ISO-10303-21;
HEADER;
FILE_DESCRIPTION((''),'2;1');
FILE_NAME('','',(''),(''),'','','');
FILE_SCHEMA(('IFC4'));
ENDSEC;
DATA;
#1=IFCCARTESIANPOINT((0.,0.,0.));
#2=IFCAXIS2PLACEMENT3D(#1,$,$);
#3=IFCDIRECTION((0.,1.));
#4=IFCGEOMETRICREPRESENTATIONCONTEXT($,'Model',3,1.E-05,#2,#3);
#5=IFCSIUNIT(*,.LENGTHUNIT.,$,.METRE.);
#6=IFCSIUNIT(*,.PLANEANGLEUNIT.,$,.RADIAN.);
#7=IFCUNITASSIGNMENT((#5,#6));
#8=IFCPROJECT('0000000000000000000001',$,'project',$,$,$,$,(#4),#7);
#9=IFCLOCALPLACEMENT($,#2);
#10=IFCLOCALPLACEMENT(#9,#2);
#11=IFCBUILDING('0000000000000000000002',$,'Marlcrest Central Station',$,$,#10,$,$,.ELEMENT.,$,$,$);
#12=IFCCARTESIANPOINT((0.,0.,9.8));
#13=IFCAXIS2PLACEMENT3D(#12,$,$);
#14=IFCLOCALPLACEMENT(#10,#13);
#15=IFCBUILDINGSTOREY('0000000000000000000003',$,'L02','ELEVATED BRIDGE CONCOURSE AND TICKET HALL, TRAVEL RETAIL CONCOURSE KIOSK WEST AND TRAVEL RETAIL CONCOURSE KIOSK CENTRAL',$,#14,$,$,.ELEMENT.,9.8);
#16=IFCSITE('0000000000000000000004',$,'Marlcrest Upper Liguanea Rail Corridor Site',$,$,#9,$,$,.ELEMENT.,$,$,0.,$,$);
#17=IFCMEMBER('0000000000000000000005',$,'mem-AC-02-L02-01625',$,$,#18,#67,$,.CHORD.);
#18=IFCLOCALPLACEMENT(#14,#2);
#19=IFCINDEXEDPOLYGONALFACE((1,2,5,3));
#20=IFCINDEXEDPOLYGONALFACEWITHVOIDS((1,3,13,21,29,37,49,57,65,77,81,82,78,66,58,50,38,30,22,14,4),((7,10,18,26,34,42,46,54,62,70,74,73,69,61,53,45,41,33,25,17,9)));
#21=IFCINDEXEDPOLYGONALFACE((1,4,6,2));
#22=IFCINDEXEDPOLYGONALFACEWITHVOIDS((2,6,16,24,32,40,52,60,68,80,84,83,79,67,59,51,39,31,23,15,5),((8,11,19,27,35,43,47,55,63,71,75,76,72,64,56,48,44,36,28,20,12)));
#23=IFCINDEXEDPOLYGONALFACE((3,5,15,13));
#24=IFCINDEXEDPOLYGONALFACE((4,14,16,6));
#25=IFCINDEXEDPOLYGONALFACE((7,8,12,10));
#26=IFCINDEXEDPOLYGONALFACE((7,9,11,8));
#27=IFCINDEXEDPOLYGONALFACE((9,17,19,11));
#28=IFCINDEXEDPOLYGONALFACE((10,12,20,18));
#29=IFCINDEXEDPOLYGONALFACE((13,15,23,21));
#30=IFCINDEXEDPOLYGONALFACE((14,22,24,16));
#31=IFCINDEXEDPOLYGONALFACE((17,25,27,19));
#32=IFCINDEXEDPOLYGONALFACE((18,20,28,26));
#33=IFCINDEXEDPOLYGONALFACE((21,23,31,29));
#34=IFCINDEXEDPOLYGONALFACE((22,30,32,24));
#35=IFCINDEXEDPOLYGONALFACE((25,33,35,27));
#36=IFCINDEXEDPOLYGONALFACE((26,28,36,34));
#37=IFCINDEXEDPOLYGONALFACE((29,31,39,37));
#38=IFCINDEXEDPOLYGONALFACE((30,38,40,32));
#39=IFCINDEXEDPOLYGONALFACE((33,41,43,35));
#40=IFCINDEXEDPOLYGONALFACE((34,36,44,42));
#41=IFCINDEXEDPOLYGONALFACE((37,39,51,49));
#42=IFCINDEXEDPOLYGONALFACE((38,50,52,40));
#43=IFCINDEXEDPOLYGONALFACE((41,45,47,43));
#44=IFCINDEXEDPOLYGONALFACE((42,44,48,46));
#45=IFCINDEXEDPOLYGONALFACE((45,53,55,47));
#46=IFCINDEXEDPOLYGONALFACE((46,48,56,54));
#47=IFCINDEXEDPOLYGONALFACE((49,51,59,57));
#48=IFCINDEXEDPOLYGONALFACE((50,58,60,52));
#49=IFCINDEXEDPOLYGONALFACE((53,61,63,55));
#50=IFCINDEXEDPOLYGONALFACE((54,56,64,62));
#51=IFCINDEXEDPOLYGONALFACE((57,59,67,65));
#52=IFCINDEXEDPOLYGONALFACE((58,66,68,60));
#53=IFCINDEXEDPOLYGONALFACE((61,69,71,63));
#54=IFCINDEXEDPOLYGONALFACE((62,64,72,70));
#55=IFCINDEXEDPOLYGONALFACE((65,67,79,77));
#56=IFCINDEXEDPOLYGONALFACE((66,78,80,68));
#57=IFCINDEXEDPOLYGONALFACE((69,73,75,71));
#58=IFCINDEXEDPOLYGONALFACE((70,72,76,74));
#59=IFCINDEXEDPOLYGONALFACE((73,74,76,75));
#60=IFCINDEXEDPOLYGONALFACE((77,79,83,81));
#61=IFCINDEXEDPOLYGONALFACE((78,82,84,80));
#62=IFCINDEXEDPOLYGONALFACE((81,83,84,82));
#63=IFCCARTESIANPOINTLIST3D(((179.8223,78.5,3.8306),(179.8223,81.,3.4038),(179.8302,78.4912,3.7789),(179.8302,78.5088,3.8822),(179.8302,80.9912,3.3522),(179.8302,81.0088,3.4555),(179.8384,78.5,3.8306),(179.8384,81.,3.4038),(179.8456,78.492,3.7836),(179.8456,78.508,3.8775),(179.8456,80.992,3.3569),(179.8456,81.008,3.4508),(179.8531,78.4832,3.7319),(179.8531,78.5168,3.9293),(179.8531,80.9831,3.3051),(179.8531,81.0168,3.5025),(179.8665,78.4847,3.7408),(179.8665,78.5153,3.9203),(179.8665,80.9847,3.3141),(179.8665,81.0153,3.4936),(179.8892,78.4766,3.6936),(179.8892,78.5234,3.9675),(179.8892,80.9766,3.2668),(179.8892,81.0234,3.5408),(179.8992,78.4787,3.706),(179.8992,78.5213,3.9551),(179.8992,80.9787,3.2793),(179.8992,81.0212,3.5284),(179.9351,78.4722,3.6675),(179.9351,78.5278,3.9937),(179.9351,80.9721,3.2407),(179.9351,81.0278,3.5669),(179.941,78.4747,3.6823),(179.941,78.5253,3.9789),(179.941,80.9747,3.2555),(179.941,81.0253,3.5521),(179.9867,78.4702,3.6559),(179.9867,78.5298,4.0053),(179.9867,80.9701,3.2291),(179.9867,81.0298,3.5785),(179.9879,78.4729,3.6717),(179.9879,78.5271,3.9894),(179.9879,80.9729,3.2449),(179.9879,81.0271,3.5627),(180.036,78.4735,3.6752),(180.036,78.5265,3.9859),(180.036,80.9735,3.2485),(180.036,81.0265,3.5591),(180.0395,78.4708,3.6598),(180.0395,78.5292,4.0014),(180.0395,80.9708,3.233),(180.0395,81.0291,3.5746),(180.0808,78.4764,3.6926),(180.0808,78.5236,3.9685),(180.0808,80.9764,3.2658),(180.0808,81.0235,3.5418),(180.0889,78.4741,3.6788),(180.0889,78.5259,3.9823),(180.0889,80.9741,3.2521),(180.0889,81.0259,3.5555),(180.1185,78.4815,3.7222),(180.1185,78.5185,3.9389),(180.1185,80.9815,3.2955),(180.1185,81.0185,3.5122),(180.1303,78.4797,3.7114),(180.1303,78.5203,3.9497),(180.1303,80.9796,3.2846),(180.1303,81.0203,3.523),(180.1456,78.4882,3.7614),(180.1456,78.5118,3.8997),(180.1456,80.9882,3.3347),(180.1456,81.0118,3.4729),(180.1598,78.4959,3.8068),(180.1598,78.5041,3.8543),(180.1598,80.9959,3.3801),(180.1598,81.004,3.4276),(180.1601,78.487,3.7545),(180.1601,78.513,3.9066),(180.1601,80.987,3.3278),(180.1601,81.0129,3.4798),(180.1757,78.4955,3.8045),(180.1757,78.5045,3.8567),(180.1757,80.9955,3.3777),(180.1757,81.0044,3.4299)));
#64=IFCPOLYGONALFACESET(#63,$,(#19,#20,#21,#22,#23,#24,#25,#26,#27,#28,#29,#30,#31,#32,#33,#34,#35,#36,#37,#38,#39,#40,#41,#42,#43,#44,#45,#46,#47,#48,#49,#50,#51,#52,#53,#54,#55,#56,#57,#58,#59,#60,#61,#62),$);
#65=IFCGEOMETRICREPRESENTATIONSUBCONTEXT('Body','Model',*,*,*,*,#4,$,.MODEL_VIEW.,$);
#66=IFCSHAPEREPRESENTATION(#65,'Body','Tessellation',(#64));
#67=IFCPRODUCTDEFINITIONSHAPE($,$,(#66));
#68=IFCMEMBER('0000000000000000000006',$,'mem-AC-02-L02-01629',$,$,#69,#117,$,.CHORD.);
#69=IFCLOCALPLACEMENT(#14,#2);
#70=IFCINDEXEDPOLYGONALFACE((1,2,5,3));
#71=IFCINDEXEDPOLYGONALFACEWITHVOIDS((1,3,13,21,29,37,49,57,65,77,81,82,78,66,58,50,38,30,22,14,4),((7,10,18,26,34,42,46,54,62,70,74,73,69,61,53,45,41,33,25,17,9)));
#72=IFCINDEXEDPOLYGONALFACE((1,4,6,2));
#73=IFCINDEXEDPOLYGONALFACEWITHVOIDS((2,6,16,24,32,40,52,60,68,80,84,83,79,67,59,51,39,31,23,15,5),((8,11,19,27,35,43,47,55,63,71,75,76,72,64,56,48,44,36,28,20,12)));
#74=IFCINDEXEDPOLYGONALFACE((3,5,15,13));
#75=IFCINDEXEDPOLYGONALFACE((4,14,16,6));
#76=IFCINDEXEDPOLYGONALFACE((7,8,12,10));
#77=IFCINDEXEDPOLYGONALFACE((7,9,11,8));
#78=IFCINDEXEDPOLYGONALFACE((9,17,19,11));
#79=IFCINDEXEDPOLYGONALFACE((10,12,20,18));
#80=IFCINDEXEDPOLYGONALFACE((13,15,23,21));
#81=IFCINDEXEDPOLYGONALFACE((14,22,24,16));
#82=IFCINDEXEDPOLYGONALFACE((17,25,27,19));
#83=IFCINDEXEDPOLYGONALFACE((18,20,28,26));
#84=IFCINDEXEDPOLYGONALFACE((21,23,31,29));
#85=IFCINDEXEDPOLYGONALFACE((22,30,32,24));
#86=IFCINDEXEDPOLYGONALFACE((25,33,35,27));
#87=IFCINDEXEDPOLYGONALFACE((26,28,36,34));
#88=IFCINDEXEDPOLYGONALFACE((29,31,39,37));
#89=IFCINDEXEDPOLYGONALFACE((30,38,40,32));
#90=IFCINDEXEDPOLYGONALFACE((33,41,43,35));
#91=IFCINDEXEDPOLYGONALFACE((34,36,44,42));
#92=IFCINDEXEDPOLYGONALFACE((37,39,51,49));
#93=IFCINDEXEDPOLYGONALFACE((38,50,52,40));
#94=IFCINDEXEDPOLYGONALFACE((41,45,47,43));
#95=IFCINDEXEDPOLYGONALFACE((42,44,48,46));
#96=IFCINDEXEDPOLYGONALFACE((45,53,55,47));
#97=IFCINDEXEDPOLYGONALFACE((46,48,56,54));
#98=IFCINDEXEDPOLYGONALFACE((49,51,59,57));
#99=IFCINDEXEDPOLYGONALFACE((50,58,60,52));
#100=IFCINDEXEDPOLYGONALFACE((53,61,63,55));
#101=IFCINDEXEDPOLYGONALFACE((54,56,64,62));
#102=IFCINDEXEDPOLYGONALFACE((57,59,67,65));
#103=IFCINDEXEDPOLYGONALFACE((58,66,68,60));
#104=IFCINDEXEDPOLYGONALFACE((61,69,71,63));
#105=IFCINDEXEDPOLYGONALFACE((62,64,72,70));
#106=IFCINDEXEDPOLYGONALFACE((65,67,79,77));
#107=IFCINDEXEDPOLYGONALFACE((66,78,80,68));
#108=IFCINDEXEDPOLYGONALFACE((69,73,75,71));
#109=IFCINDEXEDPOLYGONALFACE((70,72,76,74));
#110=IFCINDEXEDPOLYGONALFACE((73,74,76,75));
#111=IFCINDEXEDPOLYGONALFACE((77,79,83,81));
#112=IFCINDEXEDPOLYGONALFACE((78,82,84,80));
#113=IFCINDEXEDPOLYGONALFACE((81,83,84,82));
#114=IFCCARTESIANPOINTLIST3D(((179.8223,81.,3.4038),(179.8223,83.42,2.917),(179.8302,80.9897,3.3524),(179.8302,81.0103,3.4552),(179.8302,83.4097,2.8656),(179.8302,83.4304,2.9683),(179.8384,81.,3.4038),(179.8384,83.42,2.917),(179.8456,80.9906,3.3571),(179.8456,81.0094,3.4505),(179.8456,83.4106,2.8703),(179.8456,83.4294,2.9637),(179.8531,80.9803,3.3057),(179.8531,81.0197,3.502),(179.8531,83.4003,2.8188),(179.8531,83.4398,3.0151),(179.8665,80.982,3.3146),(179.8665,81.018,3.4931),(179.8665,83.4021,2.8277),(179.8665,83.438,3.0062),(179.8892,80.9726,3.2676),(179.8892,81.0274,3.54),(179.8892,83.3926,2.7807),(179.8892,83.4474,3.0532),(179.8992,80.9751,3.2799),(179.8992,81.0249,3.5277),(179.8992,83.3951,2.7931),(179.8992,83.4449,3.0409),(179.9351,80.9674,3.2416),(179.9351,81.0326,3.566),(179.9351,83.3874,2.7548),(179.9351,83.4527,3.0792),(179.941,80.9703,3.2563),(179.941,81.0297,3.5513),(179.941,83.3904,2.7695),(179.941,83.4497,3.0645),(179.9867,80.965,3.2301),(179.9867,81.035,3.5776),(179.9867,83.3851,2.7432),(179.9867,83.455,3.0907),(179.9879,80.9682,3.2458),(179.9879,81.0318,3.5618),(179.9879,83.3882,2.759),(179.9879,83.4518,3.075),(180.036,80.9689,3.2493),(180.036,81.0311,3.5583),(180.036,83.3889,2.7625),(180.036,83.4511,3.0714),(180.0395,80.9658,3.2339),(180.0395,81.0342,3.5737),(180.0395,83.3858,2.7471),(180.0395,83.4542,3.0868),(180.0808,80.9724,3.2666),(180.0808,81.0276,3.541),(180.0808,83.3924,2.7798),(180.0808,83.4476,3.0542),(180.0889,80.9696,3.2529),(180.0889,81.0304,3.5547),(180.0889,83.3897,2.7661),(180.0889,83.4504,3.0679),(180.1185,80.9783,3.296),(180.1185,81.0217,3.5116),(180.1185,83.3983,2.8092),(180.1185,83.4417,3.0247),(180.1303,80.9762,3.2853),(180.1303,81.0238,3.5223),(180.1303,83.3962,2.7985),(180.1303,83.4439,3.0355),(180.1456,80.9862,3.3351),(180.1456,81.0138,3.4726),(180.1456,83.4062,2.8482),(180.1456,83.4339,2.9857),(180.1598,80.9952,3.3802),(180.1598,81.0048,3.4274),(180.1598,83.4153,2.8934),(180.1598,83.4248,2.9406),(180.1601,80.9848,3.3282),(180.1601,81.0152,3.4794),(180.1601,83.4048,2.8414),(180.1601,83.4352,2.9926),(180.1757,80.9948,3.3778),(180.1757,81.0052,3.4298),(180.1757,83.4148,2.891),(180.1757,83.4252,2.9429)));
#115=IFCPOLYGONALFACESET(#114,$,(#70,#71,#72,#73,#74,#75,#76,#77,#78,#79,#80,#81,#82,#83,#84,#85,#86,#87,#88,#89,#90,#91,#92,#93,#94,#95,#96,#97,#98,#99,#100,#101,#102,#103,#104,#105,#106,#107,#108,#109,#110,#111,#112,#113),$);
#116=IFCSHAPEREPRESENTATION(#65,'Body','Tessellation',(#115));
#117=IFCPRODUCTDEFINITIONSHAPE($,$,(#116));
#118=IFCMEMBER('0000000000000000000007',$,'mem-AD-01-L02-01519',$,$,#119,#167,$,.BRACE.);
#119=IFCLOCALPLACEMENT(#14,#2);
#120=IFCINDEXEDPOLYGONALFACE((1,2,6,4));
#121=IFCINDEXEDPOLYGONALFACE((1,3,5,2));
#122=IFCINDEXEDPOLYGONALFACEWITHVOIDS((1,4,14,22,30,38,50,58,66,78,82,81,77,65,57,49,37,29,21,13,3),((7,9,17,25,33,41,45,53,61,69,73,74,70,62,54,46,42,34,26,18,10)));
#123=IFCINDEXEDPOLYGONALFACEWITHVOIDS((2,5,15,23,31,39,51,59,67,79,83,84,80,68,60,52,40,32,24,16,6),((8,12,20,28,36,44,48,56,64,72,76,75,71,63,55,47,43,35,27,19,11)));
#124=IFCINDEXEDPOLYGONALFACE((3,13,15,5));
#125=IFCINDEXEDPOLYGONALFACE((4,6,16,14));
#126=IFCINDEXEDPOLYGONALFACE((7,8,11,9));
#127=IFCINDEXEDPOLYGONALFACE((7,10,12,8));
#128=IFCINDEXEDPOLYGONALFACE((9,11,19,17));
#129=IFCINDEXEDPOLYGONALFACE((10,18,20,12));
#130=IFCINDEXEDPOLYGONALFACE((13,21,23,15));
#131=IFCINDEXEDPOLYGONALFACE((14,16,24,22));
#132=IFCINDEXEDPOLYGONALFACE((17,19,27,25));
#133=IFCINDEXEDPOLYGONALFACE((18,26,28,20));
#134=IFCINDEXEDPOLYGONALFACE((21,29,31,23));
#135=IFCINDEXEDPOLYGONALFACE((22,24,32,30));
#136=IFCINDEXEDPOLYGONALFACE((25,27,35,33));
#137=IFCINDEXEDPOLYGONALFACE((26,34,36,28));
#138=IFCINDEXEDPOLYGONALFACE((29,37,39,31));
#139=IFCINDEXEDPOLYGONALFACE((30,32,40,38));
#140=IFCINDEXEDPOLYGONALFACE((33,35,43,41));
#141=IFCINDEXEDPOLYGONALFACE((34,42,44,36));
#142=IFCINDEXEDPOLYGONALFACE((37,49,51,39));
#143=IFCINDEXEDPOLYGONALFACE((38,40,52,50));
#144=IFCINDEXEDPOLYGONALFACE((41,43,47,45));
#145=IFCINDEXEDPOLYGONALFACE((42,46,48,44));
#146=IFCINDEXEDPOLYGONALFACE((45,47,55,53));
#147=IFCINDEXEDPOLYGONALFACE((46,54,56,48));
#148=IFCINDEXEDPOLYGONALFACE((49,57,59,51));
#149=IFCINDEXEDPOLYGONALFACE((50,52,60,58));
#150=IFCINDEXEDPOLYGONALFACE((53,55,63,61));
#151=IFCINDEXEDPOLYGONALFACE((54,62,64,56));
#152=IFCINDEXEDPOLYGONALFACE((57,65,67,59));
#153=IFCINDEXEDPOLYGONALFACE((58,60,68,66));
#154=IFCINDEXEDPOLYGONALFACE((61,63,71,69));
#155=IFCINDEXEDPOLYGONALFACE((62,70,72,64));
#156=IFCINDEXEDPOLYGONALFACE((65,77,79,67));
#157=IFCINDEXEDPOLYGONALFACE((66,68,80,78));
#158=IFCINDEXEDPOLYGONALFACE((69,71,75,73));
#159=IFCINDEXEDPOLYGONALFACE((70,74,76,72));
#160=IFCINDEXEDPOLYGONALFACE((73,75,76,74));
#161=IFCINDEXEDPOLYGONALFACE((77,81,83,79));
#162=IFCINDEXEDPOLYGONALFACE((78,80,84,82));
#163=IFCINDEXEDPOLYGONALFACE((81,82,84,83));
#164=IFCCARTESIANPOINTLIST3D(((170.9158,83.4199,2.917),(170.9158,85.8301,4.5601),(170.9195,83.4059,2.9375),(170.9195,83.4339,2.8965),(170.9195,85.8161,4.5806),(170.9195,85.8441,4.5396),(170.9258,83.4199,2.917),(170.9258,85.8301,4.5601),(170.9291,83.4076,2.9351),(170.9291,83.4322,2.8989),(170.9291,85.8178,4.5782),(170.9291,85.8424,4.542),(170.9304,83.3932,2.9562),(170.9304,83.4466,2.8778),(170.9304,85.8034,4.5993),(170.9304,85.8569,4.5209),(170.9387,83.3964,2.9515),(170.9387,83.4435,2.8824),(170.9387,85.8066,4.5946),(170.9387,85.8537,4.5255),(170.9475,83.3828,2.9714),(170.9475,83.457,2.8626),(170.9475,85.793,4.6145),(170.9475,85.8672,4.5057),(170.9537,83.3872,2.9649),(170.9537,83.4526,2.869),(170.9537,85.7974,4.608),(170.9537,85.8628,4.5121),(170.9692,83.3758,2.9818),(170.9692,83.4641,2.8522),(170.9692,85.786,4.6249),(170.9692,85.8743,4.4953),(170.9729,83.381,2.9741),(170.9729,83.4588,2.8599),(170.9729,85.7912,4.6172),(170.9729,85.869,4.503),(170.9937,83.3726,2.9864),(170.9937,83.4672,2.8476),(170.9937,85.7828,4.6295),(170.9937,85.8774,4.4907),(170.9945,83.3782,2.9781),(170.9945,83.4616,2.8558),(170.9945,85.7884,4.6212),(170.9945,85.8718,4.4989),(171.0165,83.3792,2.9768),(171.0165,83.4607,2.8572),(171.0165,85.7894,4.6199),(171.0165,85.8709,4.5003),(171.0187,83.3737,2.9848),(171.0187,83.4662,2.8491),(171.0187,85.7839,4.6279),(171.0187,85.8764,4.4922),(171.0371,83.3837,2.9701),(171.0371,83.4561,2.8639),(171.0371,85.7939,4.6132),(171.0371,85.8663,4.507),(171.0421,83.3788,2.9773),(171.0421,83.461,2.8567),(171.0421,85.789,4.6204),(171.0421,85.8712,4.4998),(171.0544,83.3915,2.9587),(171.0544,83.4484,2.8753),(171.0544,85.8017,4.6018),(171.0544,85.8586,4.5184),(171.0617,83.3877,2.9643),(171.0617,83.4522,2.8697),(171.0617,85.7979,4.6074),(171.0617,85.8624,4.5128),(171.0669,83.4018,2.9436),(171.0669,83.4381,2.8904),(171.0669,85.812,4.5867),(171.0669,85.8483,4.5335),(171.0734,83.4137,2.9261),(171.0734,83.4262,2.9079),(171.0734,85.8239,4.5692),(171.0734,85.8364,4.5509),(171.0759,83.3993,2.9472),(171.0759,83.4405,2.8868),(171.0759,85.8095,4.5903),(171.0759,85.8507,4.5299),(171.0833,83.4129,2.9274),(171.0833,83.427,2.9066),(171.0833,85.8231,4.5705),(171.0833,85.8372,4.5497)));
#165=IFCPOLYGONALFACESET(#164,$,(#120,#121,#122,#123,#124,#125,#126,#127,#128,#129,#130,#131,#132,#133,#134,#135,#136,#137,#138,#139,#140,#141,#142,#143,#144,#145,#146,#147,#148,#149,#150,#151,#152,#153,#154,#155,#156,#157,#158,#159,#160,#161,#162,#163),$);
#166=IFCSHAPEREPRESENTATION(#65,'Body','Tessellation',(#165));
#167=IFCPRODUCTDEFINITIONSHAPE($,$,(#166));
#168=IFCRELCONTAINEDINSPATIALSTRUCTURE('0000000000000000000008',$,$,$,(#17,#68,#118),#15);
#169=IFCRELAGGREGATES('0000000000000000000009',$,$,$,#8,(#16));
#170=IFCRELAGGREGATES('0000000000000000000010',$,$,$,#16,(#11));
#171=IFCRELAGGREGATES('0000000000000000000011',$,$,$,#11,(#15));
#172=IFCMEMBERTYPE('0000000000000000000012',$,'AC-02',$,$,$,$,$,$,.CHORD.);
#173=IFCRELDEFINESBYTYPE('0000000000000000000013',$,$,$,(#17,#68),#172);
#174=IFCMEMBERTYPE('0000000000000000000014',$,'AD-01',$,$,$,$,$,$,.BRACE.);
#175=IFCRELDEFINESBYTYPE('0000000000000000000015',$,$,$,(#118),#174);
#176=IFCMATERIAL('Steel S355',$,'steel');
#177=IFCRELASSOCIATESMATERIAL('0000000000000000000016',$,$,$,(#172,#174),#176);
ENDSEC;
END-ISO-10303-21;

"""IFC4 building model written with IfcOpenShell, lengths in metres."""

from ifc_helpers import new_model, si_unit, direction, frame, origin, origin_2d, place, context, subcontext, project, spatial, hollow_circle, extrude, material, material_profile, profile_set, type_object, element, save


model = new_model("IFC4")

# Units and contexts
model_context = context("Model", 3, precision=1e-05, world=origin(), true_north=direction((0.0, 1.0)))
body_context = subcontext(model_context, "Body", "Model", "MODEL_VIEW")
ifc_project = project(units=[si_unit("LENGTHUNIT", "METRE"), si_unit("PLANEANGLEUNIT", "RADIAN")], contexts=[model_context])

# Site, building, storey
site_placement = place(None, origin())
site = spatial("IfcSite", under=ifc_project, at=site_placement, Name="Marlcrest Upper Liguanea Rail Corridor Site", CompositionType="ELEMENT", RefElevation=0.0)
building_placement = place(site_placement, origin())
building = spatial("IfcBuilding", under=site, at=building_placement, Name="Marlcrest Central Station", CompositionType="ELEMENT")
storey_placement = place(building_placement, frame((0.0, 0.0, 9.8)))
storey = spatial("IfcBuildingStorey", under=building, at=storey_placement, Name="L02", Description="ELEVATED BRIDGE CONCOURSE AND TICKET HALL, TRAVEL RETAIL CONCOURSE KIOSK WEST AND TRAVEL RETAIL CONCOURSE KIOSK CENTRAL", CompositionType="ELEMENT", Elevation=9.8)

# Members
ifc_material_1 = material(Name="Steel S355", Category="steel")
ifc_material_profile_1 = material_profile(ifc_material_1, hollow_circle(Radius=0.1777, WallThickness=0.0161, at=origin_2d()), Name="CHS 355.6x16")
ifc_profile_set_1 = profile_set([ifc_material_profile_1], Name="Steel S355")
member_type_1 = type_object("IfcMemberType", Name="AC-02", PredefinedType="CHORD", material=ifc_profile_set_1)
member_1_placement = place(storey_placement, frame((180.0, 78.5, 3.8306), z_axis=(0.0, 0.985741, -0.168269), x_axis=(-1.0, 0.0, 0.0)))
element("IfcMember", 1, at=member_1_placement, inside=storey, type_object=member_type_1, Name="mem-AC-02-L02-01625", PredefinedType="CHORD", context=body_context, shape_type="SweptSolid", body=[
    extrude(hollow_circle(Radius=0.1777, WallThickness=0.0161, at=origin_2d()), origin(), (0.0, 0.0, 1.0), 2.5361),
])
member_2_placement = place(storey_placement, frame((180.0, 81.0, 3.4038), z_axis=(0.0, 0.980359, -0.197219), x_axis=(-1.0, 0.0, 0.0)))
element("IfcMember", 2, at=member_2_placement, inside=storey, type_object=member_type_1, Name="mem-AC-02-L02-01629", PredefinedType="CHORD", context=body_context, shape_type="SweptSolid", body=[
    extrude(hollow_circle(Radius=0.1777, WallThickness=0.0161, at=origin_2d()), origin(), (0.0, 0.0, 1.0), 2.4685),
])
ifc_material_profile_2 = material_profile(ifc_material_1, hollow_circle(Radius=0.0842, WallThickness=0.01, at=origin_2d()), Name="CHS 168.3x10")
ifc_profile_set_2 = profile_set([ifc_material_profile_2], Name="Steel S355")
member_type_2 = type_object("IfcMemberType", Name="AD-01", PredefinedType="BRACE", material=ifc_profile_set_2)
member_3_placement = place(storey_placement, frame((171.0, 83.4199, 2.917), z_axis=(0.0, 0.826263, 0.563285), x_axis=(-1.0, 0.0, 0.0)))
element("IfcMember", 3, at=member_3_placement, inside=storey, type_object=member_type_2, Name="mem-AD-01-L02-01519", PredefinedType="BRACE", context=body_context, shape_type="SweptSolid", body=[
    extrude(hollow_circle(Radius=0.0842, WallThickness=0.01, at=origin_2d()), origin(), (0.0, 0.0, 1.0), 2.917),
])

save(model, "model.ifc")
